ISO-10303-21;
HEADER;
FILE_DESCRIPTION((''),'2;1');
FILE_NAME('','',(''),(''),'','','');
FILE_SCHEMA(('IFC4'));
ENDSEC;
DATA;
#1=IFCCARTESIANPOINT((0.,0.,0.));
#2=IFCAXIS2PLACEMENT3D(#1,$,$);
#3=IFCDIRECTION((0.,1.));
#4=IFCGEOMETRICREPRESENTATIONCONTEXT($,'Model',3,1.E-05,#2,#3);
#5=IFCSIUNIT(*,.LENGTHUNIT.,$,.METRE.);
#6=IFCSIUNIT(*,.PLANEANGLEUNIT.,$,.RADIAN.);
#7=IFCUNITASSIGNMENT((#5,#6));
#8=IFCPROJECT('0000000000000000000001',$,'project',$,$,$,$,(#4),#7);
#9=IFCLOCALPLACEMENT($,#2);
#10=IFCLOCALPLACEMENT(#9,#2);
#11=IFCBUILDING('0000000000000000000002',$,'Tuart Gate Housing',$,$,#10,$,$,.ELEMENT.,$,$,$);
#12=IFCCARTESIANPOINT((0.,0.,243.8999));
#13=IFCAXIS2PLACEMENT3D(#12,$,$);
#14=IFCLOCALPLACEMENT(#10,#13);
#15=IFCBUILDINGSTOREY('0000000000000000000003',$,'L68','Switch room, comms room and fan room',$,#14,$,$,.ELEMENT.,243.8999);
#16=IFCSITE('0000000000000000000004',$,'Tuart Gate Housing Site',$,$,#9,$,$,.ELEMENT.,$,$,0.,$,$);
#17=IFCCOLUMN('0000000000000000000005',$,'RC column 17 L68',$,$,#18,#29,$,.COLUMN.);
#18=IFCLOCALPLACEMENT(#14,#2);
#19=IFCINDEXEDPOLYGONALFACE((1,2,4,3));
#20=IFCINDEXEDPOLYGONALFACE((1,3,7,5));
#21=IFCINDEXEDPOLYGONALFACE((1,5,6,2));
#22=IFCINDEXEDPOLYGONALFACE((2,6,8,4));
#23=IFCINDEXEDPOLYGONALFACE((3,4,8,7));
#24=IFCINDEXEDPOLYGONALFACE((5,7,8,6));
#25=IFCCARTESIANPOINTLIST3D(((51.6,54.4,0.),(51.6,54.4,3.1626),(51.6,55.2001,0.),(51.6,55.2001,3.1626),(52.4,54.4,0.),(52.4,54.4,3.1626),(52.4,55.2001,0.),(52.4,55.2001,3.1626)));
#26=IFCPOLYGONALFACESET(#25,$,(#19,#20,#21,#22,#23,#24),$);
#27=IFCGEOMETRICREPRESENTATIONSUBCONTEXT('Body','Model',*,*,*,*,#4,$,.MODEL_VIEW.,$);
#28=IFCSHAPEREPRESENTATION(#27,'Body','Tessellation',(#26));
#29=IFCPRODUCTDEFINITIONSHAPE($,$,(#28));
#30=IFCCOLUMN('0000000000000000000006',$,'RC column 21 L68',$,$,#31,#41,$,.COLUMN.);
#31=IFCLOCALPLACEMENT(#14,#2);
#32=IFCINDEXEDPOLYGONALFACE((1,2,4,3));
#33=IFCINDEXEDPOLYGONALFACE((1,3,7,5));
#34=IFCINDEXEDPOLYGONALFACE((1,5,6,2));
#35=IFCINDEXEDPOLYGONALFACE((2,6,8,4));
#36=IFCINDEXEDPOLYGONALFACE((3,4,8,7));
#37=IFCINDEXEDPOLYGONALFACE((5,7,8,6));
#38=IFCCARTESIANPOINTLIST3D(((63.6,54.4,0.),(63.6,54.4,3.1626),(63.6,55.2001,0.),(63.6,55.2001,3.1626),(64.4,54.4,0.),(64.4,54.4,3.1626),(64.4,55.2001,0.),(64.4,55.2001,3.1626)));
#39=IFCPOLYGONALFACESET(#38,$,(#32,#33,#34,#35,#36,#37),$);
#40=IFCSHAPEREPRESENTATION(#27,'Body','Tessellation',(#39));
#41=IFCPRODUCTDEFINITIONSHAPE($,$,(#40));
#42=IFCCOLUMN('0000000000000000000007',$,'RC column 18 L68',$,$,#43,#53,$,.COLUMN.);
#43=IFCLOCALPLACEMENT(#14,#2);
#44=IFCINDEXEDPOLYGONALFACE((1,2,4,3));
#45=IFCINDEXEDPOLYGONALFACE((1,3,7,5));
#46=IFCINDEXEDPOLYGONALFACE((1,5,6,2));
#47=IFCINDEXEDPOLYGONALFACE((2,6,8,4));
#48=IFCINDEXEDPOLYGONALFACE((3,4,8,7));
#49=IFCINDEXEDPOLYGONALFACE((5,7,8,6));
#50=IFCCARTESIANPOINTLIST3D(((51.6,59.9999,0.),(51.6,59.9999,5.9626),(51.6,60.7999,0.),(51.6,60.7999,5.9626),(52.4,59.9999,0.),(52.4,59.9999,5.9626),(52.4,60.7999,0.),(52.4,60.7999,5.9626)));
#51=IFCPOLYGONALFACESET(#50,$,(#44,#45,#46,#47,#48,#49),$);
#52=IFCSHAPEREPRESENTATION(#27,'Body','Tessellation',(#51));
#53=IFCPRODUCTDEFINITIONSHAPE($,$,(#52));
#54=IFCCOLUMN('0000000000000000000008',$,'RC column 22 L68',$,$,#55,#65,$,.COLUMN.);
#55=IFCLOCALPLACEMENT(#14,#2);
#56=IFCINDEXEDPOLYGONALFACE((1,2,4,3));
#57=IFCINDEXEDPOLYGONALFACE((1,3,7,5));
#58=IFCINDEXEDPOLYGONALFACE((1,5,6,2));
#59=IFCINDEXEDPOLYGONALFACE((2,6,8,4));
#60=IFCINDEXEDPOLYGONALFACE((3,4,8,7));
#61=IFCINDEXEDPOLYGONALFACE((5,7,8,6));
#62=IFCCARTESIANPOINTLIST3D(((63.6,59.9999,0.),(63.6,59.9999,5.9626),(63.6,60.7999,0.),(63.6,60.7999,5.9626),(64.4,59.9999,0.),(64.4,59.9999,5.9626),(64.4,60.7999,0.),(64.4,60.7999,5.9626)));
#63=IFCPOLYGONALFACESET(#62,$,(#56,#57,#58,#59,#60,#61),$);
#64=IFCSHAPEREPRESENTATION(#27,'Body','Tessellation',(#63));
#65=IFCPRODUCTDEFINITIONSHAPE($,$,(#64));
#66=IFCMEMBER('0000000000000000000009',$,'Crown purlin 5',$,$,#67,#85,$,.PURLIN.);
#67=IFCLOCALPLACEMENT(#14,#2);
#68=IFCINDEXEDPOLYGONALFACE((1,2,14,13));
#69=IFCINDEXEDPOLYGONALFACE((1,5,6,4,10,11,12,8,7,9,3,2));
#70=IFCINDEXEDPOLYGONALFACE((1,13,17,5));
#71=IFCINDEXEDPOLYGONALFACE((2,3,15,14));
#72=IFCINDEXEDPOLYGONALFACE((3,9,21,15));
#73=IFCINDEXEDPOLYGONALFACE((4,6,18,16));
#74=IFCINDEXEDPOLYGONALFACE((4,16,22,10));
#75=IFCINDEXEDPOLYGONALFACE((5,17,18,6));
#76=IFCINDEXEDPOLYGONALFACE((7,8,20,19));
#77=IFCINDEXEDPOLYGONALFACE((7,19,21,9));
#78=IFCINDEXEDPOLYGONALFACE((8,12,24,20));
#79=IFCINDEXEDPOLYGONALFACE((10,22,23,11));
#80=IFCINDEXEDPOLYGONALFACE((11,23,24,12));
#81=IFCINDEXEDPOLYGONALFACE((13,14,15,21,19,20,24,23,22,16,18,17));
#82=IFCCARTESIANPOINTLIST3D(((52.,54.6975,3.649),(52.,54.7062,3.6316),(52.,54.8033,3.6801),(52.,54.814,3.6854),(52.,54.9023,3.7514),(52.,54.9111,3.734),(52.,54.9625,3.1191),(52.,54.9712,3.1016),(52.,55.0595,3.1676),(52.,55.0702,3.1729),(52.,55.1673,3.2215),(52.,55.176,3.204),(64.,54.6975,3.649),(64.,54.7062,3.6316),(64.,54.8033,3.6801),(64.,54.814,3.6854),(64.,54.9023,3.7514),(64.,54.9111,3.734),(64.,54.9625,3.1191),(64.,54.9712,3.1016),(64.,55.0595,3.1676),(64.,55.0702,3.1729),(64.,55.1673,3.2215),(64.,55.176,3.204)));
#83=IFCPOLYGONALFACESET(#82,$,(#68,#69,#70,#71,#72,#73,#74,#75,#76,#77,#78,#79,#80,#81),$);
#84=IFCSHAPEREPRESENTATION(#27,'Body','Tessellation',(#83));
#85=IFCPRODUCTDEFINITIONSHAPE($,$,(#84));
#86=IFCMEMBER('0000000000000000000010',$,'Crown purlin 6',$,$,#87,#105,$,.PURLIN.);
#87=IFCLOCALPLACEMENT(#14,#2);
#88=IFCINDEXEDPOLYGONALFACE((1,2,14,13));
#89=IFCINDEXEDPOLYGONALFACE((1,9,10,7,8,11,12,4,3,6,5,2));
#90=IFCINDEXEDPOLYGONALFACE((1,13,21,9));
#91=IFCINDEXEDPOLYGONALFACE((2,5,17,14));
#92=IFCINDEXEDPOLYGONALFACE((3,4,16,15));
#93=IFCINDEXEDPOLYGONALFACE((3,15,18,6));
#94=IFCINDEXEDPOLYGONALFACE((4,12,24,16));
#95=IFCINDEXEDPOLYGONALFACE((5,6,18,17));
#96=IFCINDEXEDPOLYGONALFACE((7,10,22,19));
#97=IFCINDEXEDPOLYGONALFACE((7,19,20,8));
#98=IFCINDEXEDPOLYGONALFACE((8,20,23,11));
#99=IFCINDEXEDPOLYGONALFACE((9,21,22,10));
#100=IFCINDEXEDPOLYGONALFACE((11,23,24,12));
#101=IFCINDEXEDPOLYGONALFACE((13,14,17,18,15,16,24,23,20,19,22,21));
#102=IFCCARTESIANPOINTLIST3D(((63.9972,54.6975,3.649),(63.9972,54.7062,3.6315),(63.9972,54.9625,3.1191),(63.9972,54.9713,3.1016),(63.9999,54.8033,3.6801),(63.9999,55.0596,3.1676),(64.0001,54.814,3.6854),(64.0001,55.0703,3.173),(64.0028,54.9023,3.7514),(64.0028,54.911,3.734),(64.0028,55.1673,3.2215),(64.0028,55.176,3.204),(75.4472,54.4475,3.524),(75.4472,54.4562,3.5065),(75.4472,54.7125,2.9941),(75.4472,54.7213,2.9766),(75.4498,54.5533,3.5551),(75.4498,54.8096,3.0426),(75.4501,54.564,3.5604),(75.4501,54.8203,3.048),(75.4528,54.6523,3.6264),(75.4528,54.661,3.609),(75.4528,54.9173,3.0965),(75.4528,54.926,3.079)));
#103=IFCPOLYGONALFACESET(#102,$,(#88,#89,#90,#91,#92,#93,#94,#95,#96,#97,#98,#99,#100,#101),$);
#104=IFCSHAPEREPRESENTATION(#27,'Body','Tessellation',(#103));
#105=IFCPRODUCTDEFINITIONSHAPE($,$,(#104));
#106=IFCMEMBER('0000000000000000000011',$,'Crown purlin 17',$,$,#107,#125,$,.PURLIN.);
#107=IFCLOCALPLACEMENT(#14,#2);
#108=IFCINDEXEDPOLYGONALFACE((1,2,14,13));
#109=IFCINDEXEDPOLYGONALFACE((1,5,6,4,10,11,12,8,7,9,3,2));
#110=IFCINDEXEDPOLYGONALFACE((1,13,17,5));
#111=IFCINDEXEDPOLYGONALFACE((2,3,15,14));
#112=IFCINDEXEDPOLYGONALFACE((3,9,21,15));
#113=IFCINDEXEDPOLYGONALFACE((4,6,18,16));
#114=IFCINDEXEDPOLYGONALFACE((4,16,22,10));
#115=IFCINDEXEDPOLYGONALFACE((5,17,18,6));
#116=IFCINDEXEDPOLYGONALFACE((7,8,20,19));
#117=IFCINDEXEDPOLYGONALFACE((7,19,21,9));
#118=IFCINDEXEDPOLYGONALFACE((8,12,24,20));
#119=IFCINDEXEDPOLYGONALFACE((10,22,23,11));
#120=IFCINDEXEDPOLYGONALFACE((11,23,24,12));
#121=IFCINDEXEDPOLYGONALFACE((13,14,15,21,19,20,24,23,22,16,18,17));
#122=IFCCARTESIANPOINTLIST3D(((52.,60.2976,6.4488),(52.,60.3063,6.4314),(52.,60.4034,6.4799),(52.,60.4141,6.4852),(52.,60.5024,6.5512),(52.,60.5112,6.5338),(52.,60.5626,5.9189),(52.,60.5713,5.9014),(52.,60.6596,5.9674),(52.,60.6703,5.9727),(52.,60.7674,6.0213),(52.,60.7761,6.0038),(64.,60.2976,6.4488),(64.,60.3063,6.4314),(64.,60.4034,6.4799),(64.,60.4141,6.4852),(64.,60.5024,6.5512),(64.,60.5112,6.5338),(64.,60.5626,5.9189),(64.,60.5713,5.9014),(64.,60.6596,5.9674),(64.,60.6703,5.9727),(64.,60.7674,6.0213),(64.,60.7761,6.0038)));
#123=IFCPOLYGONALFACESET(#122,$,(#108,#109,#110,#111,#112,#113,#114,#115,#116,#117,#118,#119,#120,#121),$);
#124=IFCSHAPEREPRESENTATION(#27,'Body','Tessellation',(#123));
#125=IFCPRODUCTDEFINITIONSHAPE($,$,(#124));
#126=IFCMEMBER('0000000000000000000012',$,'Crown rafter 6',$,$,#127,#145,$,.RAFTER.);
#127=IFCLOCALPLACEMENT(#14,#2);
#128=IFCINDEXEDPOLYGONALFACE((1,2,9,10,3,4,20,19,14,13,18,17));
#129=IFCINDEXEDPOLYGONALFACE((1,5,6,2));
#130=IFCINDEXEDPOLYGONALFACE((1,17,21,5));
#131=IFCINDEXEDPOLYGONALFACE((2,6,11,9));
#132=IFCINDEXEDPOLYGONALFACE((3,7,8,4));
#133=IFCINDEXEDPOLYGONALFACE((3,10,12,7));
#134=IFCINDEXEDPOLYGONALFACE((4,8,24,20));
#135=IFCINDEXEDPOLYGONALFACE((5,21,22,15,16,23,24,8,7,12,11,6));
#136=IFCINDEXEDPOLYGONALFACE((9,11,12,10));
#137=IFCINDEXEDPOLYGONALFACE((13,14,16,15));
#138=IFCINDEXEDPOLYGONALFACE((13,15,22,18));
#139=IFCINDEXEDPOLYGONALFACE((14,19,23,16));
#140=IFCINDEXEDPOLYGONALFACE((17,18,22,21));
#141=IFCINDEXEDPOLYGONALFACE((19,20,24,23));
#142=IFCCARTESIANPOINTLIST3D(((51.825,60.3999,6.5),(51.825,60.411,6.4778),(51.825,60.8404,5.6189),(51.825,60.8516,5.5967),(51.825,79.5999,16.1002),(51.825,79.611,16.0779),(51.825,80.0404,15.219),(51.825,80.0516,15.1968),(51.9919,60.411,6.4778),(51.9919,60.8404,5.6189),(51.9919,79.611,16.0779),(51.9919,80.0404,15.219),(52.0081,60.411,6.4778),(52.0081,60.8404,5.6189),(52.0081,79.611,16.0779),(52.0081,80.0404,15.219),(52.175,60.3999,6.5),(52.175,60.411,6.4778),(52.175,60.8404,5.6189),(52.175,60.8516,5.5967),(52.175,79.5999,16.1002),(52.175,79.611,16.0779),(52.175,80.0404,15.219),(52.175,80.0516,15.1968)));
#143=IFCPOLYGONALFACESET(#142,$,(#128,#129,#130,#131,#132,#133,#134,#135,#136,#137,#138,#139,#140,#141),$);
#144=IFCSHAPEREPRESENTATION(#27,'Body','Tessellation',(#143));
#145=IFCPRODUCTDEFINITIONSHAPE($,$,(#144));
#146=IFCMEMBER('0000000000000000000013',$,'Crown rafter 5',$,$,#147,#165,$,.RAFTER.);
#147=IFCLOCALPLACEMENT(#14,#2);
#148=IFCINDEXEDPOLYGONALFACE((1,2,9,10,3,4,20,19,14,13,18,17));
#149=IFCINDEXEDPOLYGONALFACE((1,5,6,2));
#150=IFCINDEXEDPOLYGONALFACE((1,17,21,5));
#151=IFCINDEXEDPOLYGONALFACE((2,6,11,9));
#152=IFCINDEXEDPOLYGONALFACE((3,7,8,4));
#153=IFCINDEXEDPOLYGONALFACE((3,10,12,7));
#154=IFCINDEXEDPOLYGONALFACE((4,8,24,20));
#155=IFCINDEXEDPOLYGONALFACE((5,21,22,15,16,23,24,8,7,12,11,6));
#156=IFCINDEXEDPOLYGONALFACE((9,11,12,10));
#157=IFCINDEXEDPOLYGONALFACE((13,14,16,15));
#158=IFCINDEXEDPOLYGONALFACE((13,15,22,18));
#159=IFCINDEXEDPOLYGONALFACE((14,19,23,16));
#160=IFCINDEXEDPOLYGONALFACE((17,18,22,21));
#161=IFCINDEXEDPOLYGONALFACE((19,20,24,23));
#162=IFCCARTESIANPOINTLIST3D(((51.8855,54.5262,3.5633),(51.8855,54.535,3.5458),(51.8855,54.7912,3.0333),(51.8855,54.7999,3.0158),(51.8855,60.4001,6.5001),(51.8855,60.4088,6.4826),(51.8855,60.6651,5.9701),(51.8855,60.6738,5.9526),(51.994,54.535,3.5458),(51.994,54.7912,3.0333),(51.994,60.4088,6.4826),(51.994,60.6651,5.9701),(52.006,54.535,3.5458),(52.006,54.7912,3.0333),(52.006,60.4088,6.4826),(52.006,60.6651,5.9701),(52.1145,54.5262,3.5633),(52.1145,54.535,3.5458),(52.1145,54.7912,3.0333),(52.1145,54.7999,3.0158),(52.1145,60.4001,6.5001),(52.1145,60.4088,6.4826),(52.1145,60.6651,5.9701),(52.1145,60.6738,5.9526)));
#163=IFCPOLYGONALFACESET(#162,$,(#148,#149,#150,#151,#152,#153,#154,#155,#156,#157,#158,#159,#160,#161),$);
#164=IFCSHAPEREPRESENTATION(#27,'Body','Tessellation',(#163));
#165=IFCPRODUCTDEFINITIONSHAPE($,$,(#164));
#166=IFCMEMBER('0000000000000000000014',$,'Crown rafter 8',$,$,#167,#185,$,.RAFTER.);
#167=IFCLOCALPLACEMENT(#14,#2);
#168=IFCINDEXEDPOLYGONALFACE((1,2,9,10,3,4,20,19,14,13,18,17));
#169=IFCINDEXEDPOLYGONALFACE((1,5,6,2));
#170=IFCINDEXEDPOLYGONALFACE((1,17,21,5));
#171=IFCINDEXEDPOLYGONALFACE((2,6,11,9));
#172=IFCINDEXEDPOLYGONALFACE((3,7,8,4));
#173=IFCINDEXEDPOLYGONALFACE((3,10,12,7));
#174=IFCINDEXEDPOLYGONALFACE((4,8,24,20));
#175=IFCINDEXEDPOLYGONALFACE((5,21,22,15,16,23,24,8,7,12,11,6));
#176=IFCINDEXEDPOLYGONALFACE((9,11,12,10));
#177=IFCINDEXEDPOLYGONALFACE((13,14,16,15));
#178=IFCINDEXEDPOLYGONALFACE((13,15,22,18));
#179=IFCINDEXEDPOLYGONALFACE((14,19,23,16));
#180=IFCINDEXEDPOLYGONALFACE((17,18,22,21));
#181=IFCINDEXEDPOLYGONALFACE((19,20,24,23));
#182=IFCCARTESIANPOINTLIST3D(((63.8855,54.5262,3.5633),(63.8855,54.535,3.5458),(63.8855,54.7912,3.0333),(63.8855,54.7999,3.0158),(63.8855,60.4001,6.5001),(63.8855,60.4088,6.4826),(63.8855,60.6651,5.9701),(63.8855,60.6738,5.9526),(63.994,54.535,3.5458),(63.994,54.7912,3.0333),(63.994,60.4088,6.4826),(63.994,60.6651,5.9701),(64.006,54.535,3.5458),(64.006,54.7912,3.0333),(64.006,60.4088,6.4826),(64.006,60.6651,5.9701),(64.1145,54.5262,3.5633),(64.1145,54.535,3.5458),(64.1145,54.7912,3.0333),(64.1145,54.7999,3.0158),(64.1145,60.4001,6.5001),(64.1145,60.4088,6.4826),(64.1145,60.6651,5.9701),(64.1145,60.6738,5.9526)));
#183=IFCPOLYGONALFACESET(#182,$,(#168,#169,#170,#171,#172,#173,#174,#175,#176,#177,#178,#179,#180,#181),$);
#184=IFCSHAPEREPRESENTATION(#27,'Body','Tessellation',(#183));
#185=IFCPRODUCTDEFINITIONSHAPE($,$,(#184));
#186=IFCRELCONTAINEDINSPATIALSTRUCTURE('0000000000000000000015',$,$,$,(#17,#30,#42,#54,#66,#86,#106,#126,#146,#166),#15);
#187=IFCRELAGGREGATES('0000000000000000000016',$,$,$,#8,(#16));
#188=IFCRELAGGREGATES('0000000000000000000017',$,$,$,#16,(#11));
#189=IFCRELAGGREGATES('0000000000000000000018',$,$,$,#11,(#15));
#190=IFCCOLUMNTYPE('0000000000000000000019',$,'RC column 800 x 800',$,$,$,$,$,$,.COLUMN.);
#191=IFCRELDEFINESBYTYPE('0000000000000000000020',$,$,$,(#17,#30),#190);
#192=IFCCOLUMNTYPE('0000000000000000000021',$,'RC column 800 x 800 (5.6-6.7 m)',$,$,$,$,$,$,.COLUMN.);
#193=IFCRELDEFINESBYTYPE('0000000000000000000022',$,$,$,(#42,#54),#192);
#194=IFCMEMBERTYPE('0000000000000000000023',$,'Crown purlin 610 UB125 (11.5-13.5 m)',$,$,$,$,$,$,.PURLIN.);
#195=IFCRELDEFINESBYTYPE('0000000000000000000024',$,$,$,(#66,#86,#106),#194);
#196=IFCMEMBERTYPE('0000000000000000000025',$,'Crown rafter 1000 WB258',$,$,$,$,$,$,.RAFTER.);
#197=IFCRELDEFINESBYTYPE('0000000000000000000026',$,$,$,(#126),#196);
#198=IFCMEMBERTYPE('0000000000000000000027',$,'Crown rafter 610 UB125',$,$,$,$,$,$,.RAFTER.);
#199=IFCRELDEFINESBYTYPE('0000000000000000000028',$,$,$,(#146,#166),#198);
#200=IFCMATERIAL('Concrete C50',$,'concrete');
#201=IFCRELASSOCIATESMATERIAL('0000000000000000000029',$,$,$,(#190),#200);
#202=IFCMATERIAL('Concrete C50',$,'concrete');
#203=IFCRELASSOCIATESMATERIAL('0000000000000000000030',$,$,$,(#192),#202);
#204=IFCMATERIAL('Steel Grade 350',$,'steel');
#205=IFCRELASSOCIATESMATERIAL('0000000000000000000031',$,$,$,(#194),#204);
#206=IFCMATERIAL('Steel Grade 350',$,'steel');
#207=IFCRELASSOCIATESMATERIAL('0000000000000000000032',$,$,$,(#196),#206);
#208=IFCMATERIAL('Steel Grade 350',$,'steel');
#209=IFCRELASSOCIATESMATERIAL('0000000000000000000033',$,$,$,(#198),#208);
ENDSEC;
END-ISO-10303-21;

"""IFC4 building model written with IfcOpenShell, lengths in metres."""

from ifc_helpers import new_model, si_unit, direction, frame, origin, origin_2d, place, context, subcontext, project, spatial, rectangle, i_section, extrude, material, material_profile, profile_set, type_object, element, save


model = new_model("IFC4")

# Units and contexts
model_context = context("Model", 3, precision=1e-05, world=origin(), true_north=direction((0.0, 1.0)))
body_context = subcontext(model_context, "Body", "Model", "MODEL_VIEW")
ifc_project = project(units=[si_unit("LENGTHUNIT", "METRE"), si_unit("PLANEANGLEUNIT", "RADIAN")], contexts=[model_context])

# Site, building, storey
site_placement = place(None, origin())
site = spatial("IfcSite", under=ifc_project, at=site_placement, Name="Tuart Gate Housing Site", CompositionType="ELEMENT", RefElevation=0.0)
building_placement = place(site_placement, origin())
building = spatial("IfcBuilding", under=site, at=building_placement, Name="Tuart Gate Housing", CompositionType="ELEMENT")
storey_placement = place(building_placement, frame((0.0, 0.0, 243.8999)))
storey = spatial("IfcBuildingStorey", under=building, at=storey_placement, Name="L68", Description="Switch room, comms room and fan room", CompositionType="ELEMENT", Elevation=243.8999)

# Columns
ifc_material_1 = material(Name="Concrete C50", Category="concrete")
ifc_material_profile_1 = material_profile(ifc_material_1, rectangle(XDim=0.8, YDim=0.8, at=origin_2d()), Name="RC column 800 x 800")
ifc_profile_set_1 = profile_set([ifc_material_profile_1], Name="Concrete C50")
column_type_1 = type_object("IfcColumnType", Name="RC column 800 x 800", PredefinedType="COLUMN", material=ifc_profile_set_1)
for number, where, z_axis, x_axis, name in (
    (1, (52.0, 54.8, 0.0), (0.0, 0.0, 1.0), (1.0, 0.0, 0.0), "RC column 17 L68"),
    (2, (64.0, 54.8, 0.0), (0.0, 0.0, 1.0), (1.0, 0.0, 0.0), "RC column 21 L68"),
):
    element("IfcColumn", number, at=place(storey_placement, frame(where, z_axis=z_axis, x_axis=x_axis)), inside=storey, type_object=column_type_1, Name=name, PredefinedType="COLUMN", context=body_context, shape_type="SweptSolid", body=[
        extrude(rectangle(XDim=0.8, YDim=0.8, at=origin_2d()), origin(), (0.0, 0.0, 1.0), 3.1626),
    ])
ifc_material_2 = material(Name="Concrete C50", Category="concrete")
ifc_material_profile_2 = material_profile(ifc_material_2, rectangle(XDim=0.8, YDim=0.8, at=origin_2d()), Name="RC column 800 x 800 (5.6-6.7 m)")
ifc_profile_set_2 = profile_set([ifc_material_profile_2], Name="Concrete C50")
column_type_2 = type_object("IfcColumnType", Name="RC column 800 x 800 (5.6-6.7 m)", PredefinedType="COLUMN", material=ifc_profile_set_2)
for number, where, z_axis, x_axis, name in (
    (3, (52.0, 60.3999, 0.0), (0.0, 0.0, 1.0), (1.0, 0.0, 0.0), "RC column 18 L68"),
    (4, (64.0, 60.3999, 0.0), (0.0, 0.0, 1.0), (1.0, 0.0, 0.0), "RC column 22 L68"),
):
    element("IfcColumn", number, at=place(storey_placement, frame(where, z_axis=z_axis, x_axis=x_axis)), inside=storey, type_object=column_type_2, Name=name, PredefinedType="COLUMN", context=body_context, shape_type="SweptSolid", body=[
        extrude(rectangle(XDim=0.8, YDim=0.8, at=origin_2d()), origin(), (0.0, 0.0, 1.0), 5.9626),
    ])

# Members
ifc_material_3 = material(Name="Steel Grade 350", Category="steel")
ifc_material_profile_3 = material_profile(ifc_material_3, i_section(OverallWidth=0.229, OverallDepth=0.6121, WebThickness=0.012, FlangeThickness=0.0195, at=origin_2d()), Name="610UB125")
ifc_profile_set_3 = profile_set([ifc_material_profile_3], Name="Steel Grade 350")
member_type_1 = type_object("IfcMemberType", Name="Crown purlin 610 UB125 (11.5-13.5 m)", PredefinedType="PURLIN", material=ifc_profile_set_3)
member_1_placement = place(storey_placement, frame((52.0, 54.9368, 3.4265), z_axis=(1.0, 0.0, 0.0), x_axis=(0.0, 0.894427, 0.447214)))
element("IfcMember", 5, at=member_1_placement, inside=storey, type_object=member_type_1, Name="Crown purlin 5", PredefinedType="PURLIN", context=body_context, shape_type="SweptSolid", body=[
    extrude(i_section(OverallWidth=0.229, OverallDepth=0.6121, WebThickness=0.012, FlangeThickness=0.0195, at=origin_2d()), origin(), (0.0, 0.0, 1.0), 12.0),
])
member_2_placement = place(storey_placement, frame((64.0, 54.9368, 3.4265), z_axis=(0.999702, -0.021828, -0.010914), x_axis=(0.024404, 0.894107, 0.447188)))
element("IfcMember", 6, at=member_2_placement, inside=storey, type_object=member_type_1, Name="Crown purlin 6", PredefinedType="PURLIN", context=body_context, shape_type="SweptSolid", body=[
    extrude(i_section(OverallWidth=0.229, OverallDepth=0.6121, WebThickness=0.012, FlangeThickness=0.0195, at=origin_2d()), origin(), (0.0, 0.0, 1.0), 11.4534),
])
member_3_placement = place(storey_placement, frame((52.0, 60.5369, 6.2263), z_axis=(1.0, 0.0, 0.0), x_axis=(0.0, 0.894427, 0.447214)))
element("IfcMember", 7, at=member_3_placement, inside=storey, type_object=member_type_1, Name="Crown purlin 17", PredefinedType="PURLIN", context=body_context, shape_type="SweptSolid", body=[
    extrude(i_section(OverallWidth=0.229, OverallDepth=0.6121, WebThickness=0.012, FlangeThickness=0.0195, at=origin_2d()), origin(), (0.0, 0.0, 1.0), 12.0),
])
ifc_material_4 = material(Name="Steel Grade 350", Category="steel")
ifc_material_profile_4 = material_profile(ifc_material_4, i_section(OverallWidth=0.3501, OverallDepth=1.01, WebThickness=0.0161, FlangeThickness=0.0249, at=origin_2d()), Name="1000WB258")
ifc_profile_set_4 = profile_set([ifc_material_profile_4], Name="Steel Grade 350")
member_type_2 = type_object("IfcMemberType", Name="Crown rafter 1000 WB258", PredefinedType="RAFTER", material=ifc_profile_set_4)
member_4_placement = place(storey_placement, frame((52.0, 60.6257, 6.0483), z_axis=(0.0, 0.894425, 0.447218), x_axis=(-1.0, 0.0, 0.0)))
element("IfcMember", 8, at=member_4_placement, inside=storey, type_object=member_type_2, Name="Crown rafter 6", PredefinedType="RAFTER", context=body_context, shape_type="SweptSolid", body=[
    extrude(i_section(OverallWidth=0.3501, OverallDepth=1.01, WebThickness=0.0161, FlangeThickness=0.0249, at=origin_2d()), origin(), (0.0, 0.0, 1.0), 21.4663),
])
ifc_material_5 = material(Name="Steel Grade 350", Category="steel")
ifc_material_profile_5 = material_profile(ifc_material_5, i_section(OverallWidth=0.229, OverallDepth=0.6121, WebThickness=0.012, FlangeThickness=0.0195, at=origin_2d()), Name="610UB125")
ifc_profile_set_5 = profile_set([ifc_material_profile_5], Name="Steel Grade 350")
member_type_3 = type_object("IfcMemberType", Name="Crown rafter 610 UB125", PredefinedType="RAFTER", material=ifc_profile_set_5)
for number, where, z_axis, x_axis, name in (
    (9, (52.0, 54.6631, 3.2896), (0.0, 0.894435, 0.447199), (-1.0, 0.0, 0.0), "Crown rafter 5"),
    (10, (64.0, 54.6631, 3.2896), (0.0, 0.894435, 0.447199), (-1.0, 0.0, 0.0), "Crown rafter 8"),
):
    element("IfcMember", number, at=place(storey_placement, frame(where, z_axis=z_axis, x_axis=x_axis)), inside=storey, type_object=member_type_3, Name=name, PredefinedType="RAFTER", context=body_context, shape_type="SweptSolid", body=[
        extrude(i_section(OverallWidth=0.229, OverallDepth=0.6121, WebThickness=0.012, FlangeThickness=0.0195, at=origin_2d()), origin(), (0.0, 0.0, 1.0), 6.5671),
    ])

save(model, "model.ifc")
